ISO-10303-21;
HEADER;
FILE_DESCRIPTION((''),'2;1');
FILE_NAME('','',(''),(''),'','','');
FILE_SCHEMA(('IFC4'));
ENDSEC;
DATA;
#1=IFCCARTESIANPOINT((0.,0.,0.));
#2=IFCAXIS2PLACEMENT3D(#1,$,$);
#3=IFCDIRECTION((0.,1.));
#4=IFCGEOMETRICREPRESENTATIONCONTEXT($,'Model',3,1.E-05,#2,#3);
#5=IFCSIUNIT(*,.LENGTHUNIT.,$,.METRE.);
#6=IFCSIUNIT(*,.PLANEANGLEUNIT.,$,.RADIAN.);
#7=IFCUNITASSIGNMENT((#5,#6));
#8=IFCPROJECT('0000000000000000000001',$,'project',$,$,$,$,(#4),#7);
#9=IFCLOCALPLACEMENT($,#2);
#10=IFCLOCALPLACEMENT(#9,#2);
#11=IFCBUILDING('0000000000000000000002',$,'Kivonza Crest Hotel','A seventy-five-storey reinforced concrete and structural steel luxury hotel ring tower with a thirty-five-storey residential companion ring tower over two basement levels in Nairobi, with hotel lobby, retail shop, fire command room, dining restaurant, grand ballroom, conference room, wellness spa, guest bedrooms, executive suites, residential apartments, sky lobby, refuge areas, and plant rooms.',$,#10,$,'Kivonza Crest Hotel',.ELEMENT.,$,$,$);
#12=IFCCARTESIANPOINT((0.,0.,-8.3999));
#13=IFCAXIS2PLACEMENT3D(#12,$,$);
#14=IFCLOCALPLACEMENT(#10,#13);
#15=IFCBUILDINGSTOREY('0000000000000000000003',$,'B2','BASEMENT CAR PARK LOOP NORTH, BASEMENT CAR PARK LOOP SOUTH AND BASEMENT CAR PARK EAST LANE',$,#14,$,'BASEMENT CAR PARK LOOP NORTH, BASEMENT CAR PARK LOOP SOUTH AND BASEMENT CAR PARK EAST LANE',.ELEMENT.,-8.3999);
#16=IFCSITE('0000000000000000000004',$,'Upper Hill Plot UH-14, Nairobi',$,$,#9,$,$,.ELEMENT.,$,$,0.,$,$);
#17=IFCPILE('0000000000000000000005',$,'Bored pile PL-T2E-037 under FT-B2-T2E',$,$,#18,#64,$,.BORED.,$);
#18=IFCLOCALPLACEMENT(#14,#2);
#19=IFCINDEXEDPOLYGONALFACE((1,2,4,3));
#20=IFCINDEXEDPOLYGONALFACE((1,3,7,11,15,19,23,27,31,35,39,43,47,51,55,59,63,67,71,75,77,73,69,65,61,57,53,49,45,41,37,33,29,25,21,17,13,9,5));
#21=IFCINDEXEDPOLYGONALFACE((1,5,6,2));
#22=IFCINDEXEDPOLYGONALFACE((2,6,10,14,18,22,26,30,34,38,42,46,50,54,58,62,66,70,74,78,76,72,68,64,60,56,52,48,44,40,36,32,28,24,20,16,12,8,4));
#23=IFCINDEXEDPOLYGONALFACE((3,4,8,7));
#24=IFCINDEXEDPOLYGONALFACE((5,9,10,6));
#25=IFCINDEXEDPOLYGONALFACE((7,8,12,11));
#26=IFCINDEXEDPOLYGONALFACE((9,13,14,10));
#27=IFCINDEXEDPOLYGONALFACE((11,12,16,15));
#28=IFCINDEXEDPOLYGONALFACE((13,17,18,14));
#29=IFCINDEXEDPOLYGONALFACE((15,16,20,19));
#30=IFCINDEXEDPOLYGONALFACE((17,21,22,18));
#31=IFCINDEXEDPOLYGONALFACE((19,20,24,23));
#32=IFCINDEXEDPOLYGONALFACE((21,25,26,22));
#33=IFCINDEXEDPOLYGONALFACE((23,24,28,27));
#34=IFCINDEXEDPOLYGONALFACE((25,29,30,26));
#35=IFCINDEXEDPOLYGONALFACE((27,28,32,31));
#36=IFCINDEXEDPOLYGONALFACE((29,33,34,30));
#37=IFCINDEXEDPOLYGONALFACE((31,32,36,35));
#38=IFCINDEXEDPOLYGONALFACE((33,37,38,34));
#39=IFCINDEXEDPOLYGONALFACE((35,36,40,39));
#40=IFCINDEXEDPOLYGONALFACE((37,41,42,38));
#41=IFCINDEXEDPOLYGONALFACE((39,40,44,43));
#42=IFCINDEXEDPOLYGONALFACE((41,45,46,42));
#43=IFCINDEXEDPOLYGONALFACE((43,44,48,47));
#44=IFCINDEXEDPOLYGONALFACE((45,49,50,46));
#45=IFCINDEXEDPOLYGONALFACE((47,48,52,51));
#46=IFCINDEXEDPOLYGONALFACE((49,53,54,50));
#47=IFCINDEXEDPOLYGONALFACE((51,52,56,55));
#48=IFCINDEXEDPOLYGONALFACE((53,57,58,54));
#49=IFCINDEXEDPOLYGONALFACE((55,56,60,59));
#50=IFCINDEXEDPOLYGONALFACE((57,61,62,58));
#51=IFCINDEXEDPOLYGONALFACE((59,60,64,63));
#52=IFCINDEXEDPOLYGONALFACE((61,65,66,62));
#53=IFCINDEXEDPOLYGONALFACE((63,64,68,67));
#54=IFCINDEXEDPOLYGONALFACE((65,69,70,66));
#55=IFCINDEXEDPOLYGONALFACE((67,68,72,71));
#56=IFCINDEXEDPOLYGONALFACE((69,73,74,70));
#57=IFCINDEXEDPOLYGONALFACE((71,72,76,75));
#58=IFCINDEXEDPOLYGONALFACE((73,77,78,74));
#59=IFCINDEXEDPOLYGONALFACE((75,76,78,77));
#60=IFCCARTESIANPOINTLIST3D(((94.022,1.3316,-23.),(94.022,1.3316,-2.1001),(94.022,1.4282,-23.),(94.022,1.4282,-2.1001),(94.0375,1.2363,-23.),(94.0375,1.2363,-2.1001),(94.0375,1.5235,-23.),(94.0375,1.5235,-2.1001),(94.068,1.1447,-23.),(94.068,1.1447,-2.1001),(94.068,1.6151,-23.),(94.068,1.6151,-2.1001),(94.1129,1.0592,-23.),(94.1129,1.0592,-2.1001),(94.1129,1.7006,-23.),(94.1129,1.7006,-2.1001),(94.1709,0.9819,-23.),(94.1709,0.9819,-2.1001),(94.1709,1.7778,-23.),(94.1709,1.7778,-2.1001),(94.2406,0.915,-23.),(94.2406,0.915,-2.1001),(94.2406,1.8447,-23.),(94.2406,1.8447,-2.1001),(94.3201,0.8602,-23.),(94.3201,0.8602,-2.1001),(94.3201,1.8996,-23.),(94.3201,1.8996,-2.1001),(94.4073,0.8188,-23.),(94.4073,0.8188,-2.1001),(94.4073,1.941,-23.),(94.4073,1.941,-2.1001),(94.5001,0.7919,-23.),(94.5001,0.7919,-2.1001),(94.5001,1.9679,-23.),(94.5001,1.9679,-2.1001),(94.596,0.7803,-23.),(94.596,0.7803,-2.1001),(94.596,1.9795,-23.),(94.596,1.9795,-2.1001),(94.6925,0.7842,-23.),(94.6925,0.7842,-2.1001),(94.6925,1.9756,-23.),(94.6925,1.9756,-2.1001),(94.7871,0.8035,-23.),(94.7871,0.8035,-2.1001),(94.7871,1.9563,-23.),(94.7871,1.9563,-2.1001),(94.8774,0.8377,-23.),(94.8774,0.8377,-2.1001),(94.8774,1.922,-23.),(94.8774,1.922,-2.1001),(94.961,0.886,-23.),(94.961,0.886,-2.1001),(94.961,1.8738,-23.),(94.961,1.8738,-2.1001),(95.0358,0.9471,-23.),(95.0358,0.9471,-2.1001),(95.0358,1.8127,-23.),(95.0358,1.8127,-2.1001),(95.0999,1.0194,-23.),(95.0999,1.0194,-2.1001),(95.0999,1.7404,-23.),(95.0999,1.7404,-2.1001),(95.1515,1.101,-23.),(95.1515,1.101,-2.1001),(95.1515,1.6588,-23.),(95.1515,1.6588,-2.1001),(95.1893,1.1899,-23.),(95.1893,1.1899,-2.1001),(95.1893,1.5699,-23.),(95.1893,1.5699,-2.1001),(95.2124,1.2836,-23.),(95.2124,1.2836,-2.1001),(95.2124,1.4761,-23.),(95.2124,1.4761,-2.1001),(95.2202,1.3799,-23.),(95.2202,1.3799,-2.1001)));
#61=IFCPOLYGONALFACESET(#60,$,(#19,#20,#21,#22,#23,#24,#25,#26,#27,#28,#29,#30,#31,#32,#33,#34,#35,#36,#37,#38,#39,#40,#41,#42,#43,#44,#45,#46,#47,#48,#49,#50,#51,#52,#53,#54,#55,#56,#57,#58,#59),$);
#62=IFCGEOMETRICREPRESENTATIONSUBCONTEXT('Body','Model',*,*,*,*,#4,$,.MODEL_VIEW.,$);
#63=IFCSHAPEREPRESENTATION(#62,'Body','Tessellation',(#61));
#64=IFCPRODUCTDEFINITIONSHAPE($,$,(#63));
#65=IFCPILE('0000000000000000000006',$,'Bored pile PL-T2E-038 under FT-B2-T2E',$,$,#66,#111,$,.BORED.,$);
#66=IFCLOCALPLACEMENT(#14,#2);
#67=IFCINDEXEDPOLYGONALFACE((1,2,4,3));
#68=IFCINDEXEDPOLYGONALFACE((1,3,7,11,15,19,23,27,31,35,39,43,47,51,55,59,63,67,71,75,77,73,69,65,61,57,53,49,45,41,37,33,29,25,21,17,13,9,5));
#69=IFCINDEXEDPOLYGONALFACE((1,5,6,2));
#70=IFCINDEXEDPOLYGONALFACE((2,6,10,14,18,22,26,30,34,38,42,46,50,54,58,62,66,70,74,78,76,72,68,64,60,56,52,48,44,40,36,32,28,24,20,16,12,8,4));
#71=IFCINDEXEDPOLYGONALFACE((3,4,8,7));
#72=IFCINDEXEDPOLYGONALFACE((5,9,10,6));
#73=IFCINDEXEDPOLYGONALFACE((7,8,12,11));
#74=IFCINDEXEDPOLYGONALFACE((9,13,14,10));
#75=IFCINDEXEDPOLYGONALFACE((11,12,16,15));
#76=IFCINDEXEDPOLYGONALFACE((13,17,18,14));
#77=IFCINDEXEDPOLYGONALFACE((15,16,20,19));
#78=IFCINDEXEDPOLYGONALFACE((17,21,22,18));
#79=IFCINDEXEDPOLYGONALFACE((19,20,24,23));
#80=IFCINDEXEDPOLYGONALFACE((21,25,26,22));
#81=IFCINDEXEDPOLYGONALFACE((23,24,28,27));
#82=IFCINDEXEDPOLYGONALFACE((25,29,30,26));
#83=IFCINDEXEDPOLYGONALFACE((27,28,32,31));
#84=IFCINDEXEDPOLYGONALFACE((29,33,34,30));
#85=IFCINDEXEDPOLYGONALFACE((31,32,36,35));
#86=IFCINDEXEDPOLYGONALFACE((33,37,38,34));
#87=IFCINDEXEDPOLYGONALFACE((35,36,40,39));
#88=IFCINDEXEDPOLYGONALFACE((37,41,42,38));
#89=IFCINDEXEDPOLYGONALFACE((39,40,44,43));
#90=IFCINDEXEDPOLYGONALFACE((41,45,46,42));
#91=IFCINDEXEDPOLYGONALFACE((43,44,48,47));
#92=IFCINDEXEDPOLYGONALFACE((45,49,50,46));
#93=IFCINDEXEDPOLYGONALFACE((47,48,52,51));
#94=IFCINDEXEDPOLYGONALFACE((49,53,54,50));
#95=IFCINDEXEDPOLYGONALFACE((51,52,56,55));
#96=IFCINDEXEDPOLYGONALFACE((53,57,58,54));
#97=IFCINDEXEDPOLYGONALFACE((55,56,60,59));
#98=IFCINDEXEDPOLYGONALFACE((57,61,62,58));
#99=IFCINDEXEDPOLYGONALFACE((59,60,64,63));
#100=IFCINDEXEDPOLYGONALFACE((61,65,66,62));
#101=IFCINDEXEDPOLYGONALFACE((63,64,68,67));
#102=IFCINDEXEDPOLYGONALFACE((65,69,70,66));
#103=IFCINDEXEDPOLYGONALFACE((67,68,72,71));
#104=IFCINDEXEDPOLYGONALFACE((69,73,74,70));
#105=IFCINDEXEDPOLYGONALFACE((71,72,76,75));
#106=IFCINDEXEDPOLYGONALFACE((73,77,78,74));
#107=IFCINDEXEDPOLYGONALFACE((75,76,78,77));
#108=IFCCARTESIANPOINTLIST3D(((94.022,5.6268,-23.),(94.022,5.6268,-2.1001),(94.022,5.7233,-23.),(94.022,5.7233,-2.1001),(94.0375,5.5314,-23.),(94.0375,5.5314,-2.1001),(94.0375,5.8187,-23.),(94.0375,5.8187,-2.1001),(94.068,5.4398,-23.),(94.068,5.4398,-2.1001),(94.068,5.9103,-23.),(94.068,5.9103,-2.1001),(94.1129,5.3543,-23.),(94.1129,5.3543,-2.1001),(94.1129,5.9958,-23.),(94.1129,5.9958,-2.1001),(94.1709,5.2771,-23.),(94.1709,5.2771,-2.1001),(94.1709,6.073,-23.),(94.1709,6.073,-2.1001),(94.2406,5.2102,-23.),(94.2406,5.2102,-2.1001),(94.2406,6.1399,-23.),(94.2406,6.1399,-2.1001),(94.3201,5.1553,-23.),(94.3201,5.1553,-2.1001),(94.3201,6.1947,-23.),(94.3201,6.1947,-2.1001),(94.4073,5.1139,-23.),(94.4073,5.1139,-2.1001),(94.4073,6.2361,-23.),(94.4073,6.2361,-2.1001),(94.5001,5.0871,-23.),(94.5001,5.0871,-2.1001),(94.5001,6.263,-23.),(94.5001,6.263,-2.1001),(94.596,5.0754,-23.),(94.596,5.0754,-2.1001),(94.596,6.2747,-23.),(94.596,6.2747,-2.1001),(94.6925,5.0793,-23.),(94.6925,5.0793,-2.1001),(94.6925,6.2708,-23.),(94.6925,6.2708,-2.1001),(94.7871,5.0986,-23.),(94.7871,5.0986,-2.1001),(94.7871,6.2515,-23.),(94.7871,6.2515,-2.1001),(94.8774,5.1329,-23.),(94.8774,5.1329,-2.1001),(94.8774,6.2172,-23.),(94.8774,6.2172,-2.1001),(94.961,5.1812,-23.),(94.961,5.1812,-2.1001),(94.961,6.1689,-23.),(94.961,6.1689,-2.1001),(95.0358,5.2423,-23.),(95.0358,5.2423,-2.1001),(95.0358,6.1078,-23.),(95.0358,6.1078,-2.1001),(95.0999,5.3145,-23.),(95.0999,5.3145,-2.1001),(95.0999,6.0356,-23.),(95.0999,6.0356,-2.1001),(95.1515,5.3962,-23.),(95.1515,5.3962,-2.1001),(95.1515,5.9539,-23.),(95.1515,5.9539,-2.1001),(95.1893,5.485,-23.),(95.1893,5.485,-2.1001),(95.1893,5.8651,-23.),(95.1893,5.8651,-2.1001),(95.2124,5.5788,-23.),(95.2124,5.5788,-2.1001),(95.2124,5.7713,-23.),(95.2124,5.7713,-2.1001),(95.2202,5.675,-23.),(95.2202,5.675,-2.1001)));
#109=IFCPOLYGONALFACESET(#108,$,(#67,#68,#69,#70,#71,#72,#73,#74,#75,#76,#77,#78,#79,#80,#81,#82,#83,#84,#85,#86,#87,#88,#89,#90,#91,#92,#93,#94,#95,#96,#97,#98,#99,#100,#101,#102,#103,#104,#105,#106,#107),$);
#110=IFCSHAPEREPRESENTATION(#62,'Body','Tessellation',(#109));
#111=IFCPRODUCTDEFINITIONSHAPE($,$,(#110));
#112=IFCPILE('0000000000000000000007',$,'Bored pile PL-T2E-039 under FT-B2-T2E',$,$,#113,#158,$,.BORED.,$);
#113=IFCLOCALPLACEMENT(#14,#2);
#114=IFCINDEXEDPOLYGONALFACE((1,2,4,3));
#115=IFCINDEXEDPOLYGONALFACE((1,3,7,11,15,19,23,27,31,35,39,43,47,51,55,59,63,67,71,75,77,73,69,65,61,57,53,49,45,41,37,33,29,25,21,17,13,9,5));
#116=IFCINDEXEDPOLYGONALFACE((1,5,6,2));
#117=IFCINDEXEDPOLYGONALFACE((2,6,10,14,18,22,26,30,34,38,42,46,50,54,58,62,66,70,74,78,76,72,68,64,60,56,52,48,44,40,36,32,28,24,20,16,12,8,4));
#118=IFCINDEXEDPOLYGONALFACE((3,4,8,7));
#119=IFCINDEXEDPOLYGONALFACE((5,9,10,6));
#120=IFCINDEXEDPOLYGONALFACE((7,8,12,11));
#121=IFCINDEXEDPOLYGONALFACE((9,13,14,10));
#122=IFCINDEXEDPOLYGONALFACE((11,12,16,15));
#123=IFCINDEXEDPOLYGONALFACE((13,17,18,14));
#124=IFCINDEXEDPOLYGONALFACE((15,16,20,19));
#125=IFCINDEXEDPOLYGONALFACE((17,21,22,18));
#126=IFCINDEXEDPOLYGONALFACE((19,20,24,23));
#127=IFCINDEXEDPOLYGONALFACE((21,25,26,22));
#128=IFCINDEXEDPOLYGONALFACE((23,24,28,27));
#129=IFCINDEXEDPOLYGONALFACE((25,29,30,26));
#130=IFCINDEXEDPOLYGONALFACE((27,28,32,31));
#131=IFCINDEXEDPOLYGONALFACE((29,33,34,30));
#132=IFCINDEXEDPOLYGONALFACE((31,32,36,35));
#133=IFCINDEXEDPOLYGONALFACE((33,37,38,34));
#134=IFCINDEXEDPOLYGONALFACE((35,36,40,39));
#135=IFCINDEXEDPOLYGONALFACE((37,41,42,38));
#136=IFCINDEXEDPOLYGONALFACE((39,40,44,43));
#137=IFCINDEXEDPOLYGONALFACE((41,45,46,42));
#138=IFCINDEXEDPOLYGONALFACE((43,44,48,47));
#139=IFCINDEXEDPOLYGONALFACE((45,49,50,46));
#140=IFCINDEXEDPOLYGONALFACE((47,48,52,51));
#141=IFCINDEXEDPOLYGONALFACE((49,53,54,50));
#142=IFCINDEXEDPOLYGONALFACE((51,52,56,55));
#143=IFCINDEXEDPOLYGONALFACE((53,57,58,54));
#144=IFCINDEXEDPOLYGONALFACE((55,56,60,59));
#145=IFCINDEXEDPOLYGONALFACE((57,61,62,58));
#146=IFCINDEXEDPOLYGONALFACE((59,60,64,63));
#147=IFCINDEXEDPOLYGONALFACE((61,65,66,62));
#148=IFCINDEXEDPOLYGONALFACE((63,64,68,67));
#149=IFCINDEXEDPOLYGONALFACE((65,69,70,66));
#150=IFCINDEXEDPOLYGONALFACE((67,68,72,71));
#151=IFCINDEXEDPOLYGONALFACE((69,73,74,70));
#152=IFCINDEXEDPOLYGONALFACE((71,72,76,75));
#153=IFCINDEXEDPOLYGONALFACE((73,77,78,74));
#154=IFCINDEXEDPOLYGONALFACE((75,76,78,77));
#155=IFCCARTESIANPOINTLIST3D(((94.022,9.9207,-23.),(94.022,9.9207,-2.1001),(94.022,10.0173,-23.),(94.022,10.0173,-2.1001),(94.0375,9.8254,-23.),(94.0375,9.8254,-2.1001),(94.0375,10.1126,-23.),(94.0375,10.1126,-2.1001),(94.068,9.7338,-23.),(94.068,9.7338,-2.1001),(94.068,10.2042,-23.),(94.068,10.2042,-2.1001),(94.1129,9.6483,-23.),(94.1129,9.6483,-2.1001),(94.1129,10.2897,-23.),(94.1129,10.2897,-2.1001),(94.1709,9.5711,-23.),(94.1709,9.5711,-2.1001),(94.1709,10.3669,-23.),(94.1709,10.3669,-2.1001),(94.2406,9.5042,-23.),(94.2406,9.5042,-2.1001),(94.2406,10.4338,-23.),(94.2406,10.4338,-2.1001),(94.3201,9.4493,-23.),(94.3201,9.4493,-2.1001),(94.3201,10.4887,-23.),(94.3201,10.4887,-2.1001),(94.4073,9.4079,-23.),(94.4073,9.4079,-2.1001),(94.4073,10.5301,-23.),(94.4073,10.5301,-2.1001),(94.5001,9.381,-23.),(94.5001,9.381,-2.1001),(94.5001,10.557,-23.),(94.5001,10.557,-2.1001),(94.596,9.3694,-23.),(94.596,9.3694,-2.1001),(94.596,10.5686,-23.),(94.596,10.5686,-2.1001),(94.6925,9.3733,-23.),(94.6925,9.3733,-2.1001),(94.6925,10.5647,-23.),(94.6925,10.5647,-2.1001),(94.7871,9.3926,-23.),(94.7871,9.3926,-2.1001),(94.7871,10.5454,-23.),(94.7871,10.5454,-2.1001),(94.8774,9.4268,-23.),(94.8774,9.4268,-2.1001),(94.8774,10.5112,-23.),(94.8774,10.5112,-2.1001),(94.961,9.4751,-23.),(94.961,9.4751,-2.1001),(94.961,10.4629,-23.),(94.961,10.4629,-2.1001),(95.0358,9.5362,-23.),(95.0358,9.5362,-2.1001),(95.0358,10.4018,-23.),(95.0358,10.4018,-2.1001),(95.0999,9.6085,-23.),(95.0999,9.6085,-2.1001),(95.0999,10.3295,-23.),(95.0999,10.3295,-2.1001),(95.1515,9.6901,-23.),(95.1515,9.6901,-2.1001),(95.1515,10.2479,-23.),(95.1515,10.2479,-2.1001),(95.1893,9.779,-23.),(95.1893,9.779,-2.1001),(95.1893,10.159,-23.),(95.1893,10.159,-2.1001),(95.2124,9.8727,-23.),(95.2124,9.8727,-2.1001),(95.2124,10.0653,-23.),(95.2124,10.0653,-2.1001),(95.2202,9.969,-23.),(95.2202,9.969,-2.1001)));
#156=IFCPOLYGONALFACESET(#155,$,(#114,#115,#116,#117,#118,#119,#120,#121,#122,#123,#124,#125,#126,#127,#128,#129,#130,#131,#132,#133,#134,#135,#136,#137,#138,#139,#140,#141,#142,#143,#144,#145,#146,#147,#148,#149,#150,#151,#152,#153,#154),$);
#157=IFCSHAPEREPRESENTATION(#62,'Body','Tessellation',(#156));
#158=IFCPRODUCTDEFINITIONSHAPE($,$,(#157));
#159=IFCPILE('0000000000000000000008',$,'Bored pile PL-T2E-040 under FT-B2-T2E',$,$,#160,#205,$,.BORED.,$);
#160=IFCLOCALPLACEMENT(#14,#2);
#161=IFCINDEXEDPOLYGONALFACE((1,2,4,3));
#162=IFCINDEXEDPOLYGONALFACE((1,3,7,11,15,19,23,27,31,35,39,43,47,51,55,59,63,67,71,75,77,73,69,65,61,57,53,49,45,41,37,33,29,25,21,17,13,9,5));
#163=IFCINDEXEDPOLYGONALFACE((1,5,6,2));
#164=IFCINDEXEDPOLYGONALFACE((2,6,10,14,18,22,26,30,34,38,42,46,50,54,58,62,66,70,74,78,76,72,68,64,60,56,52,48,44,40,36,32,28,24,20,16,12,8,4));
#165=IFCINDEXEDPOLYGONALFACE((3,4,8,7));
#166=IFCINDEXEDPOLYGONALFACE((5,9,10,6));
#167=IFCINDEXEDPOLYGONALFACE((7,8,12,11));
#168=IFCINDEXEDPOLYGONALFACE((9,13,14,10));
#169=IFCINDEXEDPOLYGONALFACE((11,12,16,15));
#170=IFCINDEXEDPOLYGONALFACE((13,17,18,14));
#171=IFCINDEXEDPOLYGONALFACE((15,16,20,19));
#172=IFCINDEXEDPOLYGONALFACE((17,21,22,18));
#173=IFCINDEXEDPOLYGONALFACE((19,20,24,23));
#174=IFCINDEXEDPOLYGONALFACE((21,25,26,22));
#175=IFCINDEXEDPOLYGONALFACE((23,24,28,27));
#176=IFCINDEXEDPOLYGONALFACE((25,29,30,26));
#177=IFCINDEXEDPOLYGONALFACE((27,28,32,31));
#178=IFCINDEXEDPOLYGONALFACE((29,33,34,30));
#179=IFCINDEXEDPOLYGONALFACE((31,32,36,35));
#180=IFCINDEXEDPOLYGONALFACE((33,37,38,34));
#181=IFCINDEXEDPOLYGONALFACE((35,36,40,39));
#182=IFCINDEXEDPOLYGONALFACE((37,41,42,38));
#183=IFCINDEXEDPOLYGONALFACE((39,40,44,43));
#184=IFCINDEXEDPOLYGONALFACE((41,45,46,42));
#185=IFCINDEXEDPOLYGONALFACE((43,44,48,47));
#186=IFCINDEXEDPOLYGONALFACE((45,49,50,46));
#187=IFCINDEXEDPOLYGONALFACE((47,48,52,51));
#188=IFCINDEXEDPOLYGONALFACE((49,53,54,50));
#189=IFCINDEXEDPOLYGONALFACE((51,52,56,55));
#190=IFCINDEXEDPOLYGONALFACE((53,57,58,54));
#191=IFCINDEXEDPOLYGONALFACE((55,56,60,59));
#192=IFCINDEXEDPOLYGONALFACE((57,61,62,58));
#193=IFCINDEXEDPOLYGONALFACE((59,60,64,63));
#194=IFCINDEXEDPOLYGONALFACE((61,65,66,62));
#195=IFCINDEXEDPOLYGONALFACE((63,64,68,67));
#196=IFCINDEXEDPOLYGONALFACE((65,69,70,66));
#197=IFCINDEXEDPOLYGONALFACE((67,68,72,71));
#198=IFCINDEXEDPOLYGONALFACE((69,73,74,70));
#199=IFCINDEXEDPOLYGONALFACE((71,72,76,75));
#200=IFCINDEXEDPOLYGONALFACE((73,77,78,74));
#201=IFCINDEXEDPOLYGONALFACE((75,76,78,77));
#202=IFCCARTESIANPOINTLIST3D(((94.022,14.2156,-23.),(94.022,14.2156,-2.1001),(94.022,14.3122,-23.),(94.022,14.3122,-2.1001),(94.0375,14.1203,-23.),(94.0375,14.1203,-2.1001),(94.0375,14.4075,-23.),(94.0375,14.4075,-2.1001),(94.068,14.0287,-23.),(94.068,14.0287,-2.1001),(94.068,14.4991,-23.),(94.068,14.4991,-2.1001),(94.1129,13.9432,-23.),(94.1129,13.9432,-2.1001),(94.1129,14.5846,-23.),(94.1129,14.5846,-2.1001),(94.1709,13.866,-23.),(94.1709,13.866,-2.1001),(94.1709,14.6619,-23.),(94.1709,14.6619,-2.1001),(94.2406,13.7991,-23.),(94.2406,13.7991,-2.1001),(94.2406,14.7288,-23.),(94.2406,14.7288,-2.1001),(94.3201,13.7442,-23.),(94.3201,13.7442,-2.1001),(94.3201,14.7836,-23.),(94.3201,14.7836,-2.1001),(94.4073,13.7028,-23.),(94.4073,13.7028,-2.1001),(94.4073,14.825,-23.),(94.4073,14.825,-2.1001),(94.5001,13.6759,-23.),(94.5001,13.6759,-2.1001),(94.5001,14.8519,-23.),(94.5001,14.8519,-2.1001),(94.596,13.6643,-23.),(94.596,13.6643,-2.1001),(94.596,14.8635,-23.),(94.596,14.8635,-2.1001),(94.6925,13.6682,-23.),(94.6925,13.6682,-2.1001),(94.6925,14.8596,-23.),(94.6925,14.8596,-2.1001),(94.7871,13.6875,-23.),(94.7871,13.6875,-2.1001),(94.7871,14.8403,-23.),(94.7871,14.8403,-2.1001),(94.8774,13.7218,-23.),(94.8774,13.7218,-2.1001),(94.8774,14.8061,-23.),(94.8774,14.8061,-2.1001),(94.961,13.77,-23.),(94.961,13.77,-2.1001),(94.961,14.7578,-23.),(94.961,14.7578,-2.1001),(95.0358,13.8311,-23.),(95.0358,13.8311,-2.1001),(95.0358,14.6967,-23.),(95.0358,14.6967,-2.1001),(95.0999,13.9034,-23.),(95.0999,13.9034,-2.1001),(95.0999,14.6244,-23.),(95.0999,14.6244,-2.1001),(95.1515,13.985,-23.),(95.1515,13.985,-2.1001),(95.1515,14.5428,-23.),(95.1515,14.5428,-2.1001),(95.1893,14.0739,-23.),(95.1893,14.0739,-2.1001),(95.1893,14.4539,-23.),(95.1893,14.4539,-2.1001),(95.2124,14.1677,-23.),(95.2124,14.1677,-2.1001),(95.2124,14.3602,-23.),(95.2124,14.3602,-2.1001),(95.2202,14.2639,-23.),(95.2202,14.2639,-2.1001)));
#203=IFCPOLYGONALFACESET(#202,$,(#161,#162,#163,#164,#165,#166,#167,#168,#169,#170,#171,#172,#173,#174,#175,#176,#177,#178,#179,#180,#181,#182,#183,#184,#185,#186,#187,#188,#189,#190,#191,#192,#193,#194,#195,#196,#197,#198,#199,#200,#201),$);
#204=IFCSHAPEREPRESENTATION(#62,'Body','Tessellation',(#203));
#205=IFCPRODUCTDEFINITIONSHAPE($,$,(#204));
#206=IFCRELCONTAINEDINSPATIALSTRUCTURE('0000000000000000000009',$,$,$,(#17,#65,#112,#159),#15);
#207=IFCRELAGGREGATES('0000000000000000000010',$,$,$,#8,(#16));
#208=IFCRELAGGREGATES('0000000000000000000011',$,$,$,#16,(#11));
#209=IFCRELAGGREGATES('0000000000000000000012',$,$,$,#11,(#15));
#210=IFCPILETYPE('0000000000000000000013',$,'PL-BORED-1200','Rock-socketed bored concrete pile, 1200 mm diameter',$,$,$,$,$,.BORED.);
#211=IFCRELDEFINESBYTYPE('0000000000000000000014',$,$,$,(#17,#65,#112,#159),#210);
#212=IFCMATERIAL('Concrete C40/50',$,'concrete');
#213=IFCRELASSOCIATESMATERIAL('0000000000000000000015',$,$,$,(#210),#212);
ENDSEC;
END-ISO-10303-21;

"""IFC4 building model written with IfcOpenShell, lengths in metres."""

from ifc_helpers import new_model, si_unit, direction, frame, origin, origin_2d, place, context, subcontext, project, spatial, circle, extrude, material, material_profile, profile_set, type_object, element, save


model = new_model("IFC4")

# Units and contexts
model_context = context("Model", 3, precision=1e-05, world=origin(), true_north=direction((0.0, 1.0)))
body_context = subcontext(model_context, "Body", "Model", "MODEL_VIEW")
ifc_project = project(units=[si_unit("LENGTHUNIT", "METRE"), si_unit("PLANEANGLEUNIT", "RADIAN")], contexts=[model_context])

# Site, building, storey
site_placement = place(None, origin())
site = spatial("IfcSite", under=ifc_project, at=site_placement, Name="Upper Hill Plot UH-14, Nairobi", CompositionType="ELEMENT", RefElevation=0.0)
building_placement = place(site_placement, origin())
building = spatial("IfcBuilding", under=site, at=building_placement, Name="Kivonza Crest Hotel", Description="A seventy-five-storey reinforced concrete and structural steel luxury hotel ring tower with a thirty-five-storey residential companion ring tower over two basement levels in Nairobi, with hotel lobby, retail shop, fire command room, dining restaurant, grand ballroom, conference room, wellness spa, guest bedrooms, executive suites, residential apartments, sky lobby, refuge areas, and plant rooms.", LongName="Kivonza Crest Hotel", CompositionType="ELEMENT")
storey_placement = place(building_placement, frame((0.0, 0.0, -8.3999)))
storey = spatial("IfcBuildingStorey", under=building, at=storey_placement, Name="B2", Description="BASEMENT CAR PARK LOOP NORTH, BASEMENT CAR PARK LOOP SOUTH AND BASEMENT CAR PARK EAST LANE", LongName="BASEMENT CAR PARK LOOP NORTH, BASEMENT CAR PARK LOOP SOUTH AND BASEMENT CAR PARK EAST LANE", CompositionType="ELEMENT", Elevation=-8.3999)

# Piles
ifc_material_1 = material(Name="Concrete C40/50", Category="concrete")
ifc_material_profile_1 = material_profile(ifc_material_1, circle(Radius=0.6001, at=origin_2d()), Name="PILE D1200")
ifc_profile_set_1 = profile_set([ifc_material_profile_1], Name="Concrete C40/50")
pile_type = type_object("IfcPileType", Name="PL-BORED-1200", Description="Rock-socketed bored concrete pile, 1200 mm diameter", PredefinedType="BORED", material=ifc_profile_set_1)
for number, where, z_axis, x_axis, name in (
    (1, (94.6201, 1.3799, -2.1001), (0.0, 0.0, -1.0), (1.0, 0.0, 0.0), "Bored pile PL-T2E-037 under FT-B2-T2E"),
    (2, (94.6201, 5.675, -2.1001), (0.0, 0.0, -1.0), (1.0, 0.0, 0.0), "Bored pile PL-T2E-038 under FT-B2-T2E"),
    (3, (94.6201, 9.969, -2.1001), (0.0, 0.0, -1.0), (1.0, 0.0, 0.0), "Bored pile PL-T2E-039 under FT-B2-T2E"),
    (4, (94.6201, 14.2639, -2.1001), (0.0, 0.0, -1.0), (1.0, 0.0, 0.0), "Bored pile PL-T2E-040 under FT-B2-T2E"),
):
    element("IfcPile", number, at=place(storey_placement, frame(where, z_axis=z_axis, x_axis=x_axis)), inside=storey, type_object=pile_type, Name=name, PredefinedType="BORED", context=body_context, shape_type="SweptSolid", body=[
        extrude(circle(Radius=0.6001, at=origin_2d()), origin(), (0.0, 0.0, 1.0), 20.8999),
    ])

save(model, "model.ifc")
